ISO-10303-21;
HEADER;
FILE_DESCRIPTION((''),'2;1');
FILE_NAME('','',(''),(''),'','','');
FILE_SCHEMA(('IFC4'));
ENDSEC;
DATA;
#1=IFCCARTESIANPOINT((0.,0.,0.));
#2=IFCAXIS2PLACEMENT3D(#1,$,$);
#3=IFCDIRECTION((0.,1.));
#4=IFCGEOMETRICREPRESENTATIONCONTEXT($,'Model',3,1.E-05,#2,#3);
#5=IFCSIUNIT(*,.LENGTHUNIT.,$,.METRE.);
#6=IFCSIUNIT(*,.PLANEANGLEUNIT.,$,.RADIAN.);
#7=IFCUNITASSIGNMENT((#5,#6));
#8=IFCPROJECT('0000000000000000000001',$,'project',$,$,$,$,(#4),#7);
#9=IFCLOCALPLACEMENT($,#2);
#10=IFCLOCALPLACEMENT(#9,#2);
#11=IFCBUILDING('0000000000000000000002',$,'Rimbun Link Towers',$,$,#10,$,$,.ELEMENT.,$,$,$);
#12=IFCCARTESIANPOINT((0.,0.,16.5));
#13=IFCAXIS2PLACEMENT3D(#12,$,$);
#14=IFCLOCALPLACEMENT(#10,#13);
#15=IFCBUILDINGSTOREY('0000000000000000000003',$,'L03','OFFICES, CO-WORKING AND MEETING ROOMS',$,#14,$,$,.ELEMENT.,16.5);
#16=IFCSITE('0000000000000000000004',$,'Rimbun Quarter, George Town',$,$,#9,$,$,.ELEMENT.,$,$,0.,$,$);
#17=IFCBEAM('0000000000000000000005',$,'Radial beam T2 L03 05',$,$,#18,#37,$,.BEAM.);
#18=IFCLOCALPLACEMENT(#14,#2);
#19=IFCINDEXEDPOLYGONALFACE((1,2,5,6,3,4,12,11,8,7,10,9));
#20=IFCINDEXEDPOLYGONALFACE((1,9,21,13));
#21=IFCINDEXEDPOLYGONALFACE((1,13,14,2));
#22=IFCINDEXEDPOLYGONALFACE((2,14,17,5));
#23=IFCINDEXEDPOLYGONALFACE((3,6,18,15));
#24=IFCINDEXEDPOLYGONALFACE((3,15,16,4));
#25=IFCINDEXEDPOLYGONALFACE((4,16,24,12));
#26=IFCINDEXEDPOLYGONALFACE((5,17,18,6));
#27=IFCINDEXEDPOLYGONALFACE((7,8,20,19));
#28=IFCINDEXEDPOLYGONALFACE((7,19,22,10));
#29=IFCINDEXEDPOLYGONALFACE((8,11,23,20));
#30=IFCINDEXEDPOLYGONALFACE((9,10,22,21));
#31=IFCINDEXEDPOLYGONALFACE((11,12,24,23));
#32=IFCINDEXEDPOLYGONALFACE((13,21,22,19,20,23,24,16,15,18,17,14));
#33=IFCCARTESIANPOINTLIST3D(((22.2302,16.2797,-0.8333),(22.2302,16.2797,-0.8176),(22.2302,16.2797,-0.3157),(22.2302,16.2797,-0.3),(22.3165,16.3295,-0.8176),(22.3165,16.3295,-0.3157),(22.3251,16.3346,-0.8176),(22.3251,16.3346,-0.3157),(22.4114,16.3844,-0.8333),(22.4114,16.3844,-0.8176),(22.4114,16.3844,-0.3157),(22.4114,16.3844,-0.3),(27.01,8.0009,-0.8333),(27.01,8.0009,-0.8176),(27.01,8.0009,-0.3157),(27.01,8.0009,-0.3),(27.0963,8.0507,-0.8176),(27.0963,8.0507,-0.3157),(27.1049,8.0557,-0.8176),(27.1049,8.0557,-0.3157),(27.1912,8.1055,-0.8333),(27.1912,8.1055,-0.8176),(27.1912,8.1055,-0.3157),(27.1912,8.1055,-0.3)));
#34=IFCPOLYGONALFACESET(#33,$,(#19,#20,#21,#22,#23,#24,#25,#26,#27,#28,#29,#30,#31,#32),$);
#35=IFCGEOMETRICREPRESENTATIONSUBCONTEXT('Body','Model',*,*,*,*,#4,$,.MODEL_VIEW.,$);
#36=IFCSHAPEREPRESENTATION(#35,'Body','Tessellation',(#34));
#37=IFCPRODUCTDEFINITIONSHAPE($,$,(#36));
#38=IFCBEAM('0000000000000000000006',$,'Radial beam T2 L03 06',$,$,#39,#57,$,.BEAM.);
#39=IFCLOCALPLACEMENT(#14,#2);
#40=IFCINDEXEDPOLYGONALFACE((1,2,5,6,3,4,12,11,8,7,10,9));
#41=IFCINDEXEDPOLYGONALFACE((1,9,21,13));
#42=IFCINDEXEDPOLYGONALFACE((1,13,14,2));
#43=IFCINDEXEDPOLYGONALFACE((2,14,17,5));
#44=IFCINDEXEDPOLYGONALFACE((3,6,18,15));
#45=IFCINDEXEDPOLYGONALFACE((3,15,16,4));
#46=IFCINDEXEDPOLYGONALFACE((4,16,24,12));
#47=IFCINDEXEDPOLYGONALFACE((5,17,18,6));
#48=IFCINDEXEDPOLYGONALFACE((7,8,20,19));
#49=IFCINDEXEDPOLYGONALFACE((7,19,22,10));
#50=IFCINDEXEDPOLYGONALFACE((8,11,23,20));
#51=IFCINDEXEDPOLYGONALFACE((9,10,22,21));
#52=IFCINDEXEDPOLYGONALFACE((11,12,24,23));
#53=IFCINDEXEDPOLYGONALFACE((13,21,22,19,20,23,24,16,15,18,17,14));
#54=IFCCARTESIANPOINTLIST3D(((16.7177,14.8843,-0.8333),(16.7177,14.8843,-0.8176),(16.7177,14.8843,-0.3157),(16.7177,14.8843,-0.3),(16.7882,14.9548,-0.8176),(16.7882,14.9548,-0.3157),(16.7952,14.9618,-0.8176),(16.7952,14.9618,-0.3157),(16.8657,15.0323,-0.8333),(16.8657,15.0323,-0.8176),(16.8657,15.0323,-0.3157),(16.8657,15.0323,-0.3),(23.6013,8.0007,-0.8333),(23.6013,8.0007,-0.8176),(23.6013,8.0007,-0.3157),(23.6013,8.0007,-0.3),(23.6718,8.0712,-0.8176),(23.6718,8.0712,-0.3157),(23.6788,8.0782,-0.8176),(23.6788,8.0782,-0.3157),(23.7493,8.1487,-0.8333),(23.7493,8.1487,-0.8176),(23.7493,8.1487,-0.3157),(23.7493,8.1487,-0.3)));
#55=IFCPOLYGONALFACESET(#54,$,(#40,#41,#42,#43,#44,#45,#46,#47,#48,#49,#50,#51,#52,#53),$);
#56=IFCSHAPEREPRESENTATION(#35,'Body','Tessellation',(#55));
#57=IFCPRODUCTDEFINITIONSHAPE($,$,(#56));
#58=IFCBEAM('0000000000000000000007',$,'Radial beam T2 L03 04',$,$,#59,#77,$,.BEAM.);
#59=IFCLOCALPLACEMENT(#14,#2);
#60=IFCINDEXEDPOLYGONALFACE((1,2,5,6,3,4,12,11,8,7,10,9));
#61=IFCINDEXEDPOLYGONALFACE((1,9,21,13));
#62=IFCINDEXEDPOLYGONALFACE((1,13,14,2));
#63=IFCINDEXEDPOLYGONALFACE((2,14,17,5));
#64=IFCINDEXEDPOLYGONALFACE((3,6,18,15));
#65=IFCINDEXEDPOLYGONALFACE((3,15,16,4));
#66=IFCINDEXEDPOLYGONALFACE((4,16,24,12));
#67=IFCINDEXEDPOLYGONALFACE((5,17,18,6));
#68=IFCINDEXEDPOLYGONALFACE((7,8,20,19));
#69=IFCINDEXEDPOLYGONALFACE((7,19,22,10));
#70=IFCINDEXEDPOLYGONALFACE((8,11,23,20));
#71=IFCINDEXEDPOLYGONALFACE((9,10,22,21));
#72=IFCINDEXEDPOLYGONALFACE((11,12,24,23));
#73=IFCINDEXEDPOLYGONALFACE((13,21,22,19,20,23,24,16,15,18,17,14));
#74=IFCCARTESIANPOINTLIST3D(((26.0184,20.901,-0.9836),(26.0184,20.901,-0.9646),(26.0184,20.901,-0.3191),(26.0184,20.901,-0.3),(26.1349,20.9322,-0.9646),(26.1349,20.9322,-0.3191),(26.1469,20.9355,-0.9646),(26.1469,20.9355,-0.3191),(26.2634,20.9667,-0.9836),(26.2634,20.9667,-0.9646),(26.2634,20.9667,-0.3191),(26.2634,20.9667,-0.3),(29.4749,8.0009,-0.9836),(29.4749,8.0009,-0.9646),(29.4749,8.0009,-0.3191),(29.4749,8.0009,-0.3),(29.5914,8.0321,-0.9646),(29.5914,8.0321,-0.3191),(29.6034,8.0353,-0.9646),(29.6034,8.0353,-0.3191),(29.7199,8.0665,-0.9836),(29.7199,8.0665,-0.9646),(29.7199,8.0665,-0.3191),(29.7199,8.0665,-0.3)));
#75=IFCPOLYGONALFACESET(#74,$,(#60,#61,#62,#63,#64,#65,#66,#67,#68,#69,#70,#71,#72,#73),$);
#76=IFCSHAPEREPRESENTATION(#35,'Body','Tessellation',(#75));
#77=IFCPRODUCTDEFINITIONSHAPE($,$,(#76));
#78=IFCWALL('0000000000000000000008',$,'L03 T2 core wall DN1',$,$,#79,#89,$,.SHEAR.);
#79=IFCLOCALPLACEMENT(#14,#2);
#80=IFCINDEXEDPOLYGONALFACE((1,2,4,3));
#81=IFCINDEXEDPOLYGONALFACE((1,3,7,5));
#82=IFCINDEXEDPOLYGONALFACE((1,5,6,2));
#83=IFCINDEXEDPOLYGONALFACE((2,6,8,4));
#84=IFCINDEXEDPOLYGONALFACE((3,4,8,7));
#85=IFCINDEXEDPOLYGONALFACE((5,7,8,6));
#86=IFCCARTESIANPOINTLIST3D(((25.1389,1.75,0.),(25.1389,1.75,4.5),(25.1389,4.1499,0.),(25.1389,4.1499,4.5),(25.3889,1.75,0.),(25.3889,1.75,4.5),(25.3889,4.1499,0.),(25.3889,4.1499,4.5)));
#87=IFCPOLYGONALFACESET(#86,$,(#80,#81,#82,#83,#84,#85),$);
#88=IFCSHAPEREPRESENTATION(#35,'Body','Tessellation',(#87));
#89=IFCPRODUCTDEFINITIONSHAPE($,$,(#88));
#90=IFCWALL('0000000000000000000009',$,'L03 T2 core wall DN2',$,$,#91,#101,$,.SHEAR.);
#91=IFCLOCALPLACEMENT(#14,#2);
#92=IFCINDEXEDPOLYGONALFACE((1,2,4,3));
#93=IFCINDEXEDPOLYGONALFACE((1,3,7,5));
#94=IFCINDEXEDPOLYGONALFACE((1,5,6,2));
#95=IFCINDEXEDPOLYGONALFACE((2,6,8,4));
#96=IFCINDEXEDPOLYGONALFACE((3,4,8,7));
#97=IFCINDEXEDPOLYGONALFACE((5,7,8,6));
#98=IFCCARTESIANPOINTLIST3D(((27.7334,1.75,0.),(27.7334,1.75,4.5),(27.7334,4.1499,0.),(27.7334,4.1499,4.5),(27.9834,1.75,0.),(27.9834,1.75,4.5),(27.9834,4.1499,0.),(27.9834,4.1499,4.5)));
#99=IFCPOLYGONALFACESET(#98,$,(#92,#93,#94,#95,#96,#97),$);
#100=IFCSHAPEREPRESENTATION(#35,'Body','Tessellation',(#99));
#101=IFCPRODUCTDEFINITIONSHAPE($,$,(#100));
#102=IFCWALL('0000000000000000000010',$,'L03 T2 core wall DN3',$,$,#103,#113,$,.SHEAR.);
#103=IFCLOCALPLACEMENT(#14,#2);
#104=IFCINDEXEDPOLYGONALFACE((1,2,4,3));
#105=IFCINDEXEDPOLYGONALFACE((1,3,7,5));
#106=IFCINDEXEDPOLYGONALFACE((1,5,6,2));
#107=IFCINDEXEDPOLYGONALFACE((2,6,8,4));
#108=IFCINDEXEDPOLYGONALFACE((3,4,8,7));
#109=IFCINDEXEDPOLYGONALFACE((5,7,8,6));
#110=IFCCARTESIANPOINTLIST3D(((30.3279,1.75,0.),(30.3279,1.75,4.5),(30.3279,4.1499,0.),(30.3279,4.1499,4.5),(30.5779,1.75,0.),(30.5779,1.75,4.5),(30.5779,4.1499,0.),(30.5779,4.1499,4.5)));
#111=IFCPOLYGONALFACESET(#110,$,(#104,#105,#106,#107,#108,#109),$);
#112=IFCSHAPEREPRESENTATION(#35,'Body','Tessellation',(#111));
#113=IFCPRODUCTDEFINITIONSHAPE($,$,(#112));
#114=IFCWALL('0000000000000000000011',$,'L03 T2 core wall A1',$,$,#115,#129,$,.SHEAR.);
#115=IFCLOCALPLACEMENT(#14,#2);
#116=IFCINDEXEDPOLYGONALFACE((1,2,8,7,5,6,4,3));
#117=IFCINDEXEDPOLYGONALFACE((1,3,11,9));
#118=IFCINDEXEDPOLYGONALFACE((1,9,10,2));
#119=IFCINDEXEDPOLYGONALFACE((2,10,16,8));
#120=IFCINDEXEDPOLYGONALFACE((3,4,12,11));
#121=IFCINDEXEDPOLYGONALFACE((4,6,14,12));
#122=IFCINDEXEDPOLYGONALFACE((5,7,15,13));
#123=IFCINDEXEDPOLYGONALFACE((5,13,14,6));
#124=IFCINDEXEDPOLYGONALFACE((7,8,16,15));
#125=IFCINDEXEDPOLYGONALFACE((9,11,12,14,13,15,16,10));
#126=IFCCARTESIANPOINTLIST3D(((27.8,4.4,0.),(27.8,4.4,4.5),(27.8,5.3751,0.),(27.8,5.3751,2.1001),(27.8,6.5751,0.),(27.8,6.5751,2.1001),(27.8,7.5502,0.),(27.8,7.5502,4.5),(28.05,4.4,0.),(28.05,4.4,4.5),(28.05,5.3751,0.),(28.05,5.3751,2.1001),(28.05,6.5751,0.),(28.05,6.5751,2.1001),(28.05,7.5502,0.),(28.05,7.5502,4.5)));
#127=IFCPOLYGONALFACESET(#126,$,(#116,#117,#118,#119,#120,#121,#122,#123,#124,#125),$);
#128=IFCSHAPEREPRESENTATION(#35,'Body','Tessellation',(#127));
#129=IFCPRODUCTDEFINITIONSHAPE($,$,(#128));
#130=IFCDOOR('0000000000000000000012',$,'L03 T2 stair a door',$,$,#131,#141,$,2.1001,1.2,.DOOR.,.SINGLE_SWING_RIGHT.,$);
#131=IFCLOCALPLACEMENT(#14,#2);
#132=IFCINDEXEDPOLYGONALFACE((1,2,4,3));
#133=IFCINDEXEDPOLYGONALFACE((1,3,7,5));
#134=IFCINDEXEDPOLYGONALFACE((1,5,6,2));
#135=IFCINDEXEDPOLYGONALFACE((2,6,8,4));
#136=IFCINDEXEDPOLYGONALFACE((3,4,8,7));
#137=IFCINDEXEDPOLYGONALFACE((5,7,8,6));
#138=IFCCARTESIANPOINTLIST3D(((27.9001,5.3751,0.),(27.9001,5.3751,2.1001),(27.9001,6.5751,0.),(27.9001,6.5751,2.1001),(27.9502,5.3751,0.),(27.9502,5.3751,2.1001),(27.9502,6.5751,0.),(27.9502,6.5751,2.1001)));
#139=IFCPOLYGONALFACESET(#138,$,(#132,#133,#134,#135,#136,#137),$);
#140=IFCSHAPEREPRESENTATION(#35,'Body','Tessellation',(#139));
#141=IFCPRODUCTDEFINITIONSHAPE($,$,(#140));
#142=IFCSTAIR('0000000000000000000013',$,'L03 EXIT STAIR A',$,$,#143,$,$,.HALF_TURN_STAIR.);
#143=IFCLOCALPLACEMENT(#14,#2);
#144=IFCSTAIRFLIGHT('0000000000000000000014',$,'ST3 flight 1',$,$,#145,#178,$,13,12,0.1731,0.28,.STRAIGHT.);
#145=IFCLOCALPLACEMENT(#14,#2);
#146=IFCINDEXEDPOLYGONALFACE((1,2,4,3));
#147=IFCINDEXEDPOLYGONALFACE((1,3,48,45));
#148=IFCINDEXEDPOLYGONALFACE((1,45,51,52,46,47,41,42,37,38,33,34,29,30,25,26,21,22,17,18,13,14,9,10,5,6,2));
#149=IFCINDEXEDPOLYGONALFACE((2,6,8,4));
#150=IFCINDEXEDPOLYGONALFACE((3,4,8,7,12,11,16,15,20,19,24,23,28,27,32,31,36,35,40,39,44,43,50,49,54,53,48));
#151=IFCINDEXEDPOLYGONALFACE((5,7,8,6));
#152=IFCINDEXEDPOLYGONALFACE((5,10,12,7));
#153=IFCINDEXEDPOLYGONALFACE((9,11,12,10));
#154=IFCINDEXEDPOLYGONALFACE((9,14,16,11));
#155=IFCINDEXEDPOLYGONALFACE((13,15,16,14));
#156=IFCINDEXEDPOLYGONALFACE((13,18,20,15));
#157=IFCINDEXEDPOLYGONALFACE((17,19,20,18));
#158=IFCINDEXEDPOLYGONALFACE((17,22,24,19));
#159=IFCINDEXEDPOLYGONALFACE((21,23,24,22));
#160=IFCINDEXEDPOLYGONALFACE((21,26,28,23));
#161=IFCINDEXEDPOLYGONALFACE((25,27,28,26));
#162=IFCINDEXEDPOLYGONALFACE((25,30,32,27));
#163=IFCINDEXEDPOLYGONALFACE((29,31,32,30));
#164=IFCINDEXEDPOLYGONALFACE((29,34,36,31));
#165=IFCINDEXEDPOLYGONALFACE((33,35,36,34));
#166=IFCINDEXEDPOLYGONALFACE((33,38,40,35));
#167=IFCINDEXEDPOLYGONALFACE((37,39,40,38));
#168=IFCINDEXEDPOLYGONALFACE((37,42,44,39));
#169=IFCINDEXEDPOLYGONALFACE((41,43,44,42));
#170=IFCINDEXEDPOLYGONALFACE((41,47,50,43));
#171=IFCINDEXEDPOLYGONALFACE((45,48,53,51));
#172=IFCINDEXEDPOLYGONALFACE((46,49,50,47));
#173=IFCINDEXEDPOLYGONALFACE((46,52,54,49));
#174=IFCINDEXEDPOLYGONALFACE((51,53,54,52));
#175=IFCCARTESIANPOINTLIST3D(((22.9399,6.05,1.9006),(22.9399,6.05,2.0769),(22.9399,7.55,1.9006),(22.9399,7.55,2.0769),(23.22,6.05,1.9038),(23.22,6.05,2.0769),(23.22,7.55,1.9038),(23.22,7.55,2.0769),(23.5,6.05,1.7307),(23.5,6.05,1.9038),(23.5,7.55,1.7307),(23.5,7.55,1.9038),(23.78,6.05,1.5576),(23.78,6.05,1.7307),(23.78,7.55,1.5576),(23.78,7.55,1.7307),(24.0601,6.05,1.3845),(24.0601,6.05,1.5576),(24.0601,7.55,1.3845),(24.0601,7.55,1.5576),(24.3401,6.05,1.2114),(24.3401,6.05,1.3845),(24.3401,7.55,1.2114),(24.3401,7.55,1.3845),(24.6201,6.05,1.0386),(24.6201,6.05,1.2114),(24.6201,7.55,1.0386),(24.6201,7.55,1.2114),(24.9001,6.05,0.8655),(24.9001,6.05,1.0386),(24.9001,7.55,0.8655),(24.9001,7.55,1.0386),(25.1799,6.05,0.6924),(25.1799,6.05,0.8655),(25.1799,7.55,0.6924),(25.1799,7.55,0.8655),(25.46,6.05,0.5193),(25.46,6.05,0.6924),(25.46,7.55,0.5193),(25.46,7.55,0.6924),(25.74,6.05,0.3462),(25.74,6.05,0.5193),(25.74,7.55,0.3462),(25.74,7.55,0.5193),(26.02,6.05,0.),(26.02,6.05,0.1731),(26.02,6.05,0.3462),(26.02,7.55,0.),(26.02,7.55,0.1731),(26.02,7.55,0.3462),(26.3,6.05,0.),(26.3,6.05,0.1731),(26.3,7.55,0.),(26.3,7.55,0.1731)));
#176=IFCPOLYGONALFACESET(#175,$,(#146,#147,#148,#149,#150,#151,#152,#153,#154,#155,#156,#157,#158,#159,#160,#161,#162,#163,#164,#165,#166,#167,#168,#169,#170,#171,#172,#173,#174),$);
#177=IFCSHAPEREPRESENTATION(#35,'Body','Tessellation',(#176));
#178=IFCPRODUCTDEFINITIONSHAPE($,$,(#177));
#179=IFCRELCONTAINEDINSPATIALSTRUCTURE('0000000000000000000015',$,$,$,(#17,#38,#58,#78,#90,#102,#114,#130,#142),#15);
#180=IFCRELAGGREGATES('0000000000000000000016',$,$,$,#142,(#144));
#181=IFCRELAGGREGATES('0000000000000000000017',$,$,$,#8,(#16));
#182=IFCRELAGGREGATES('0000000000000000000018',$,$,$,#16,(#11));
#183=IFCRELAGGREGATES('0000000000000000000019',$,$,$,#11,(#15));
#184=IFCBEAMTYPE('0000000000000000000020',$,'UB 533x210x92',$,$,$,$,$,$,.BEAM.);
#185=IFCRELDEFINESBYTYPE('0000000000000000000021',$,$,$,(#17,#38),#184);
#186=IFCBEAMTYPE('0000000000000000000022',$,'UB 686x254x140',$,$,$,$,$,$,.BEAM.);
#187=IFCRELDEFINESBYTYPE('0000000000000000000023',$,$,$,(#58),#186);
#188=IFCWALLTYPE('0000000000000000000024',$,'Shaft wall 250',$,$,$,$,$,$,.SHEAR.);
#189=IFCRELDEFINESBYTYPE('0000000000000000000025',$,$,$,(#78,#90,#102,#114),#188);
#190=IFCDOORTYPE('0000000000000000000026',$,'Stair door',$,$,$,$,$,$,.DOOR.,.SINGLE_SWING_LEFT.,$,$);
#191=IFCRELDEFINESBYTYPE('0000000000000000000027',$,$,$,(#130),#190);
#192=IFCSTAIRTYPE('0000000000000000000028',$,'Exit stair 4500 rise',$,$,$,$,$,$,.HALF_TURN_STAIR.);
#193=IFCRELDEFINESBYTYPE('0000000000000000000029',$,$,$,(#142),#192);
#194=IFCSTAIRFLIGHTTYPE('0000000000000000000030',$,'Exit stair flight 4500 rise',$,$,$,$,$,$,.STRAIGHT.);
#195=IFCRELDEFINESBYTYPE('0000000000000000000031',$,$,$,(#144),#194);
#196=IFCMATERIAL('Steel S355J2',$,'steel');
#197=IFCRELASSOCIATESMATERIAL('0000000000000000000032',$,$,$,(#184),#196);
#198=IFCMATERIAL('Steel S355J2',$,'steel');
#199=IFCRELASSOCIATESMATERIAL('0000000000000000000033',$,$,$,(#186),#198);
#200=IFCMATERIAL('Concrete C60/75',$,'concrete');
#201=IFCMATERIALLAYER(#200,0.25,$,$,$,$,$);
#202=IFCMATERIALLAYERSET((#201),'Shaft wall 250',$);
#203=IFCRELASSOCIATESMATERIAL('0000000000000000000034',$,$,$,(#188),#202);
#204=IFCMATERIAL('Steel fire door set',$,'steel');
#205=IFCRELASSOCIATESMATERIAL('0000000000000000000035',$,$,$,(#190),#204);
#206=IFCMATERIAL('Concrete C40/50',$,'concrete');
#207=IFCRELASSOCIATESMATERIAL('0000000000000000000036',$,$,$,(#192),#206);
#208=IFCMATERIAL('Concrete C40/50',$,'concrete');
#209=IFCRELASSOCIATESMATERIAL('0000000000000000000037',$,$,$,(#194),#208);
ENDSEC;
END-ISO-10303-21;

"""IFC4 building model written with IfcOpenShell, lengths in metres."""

from ifc_helpers import new_model, si_unit, direction, frame, frame_2d, origin, origin_2d, place, context, subcontext, project, spatial, polyline, rectangle, i_section, outline, extrude, material, layer, layer_set, material_profile, profile_set, type_object, element, fill, aggregate, save


model = new_model("IFC4")

# Units and contexts
model_context = context("Model", 3, precision=1e-05, world=origin(), true_north=direction((0.0, 1.0)))
body_context = subcontext(model_context, "Body", "Model", "MODEL_VIEW")
ifc_project = project(units=[si_unit("LENGTHUNIT", "METRE"), si_unit("PLANEANGLEUNIT", "RADIAN")], contexts=[model_context])

# Site, building, storey
site_placement = place(None, origin())
site = spatial("IfcSite", under=ifc_project, at=site_placement, Name="Rimbun Quarter, George Town", CompositionType="ELEMENT", RefElevation=0.0)
building_placement = place(site_placement, origin())
building = spatial("IfcBuilding", under=site, at=building_placement, Name="Rimbun Link Towers", CompositionType="ELEMENT")
storey_placement = place(building_placement, frame((0.0, 0.0, 16.5)))
storey = spatial("IfcBuildingStorey", under=building, at=storey_placement, Name="L03", Description="OFFICES, CO-WORKING AND MEETING ROOMS", CompositionType="ELEMENT", Elevation=16.5)

# Beams
ifc_material_1 = material(Name="Steel S355J2", Category="steel")
ifc_material_profile_1 = material_profile(ifc_material_1, i_section(OverallWidth=0.2092, OverallDepth=0.5332, WebThickness=0.01, FlangeThickness=0.0156, at=origin_2d()), Name="UB 533x210x92")
ifc_profile_set_1 = profile_set([ifc_material_profile_1], Name="Steel S355J2")
beam_type_1 = type_object("IfcBeamType", Name="UB 533x210x92", PredefinedType="BEAM", material=ifc_profile_set_1)
beam_1_placement = place(storey_placement, frame((27.1006, 8.0532, -0.5667), z_axis=(-0.500001, 0.866025, 0.0), x_axis=(-0.866025, -0.500001, 0.0)))
element("IfcBeam", 1, at=beam_1_placement, inside=storey, type_object=beam_type_1, Name="Radial beam T2 L03 05", PredefinedType="BEAM", context=body_context, shape_type="SweptSolid", body=[
    extrude(i_section(OverallWidth=0.2092, OverallDepth=0.5332, WebThickness=0.01, FlangeThickness=0.0156, at=origin_2d()), origin(), (0.0, 0.0, 1.0), 9.5596),
])
beam_2_placement = place(storey_placement, frame((23.6753, 8.0747, -0.5667), z_axis=(-0.707107, 0.707107, 0.0), x_axis=(-0.707107, -0.707107, 0.0)))
element("IfcBeam", 2, at=beam_2_placement, inside=storey, type_object=beam_type_1, Name="Radial beam T2 L03 06", PredefinedType="BEAM", context=body_context, shape_type="SweptSolid", body=[
    extrude(i_section(OverallWidth=0.2092, OverallDepth=0.5332, WebThickness=0.01, FlangeThickness=0.0156, at=origin_2d()), origin(), (0.0, 0.0, 1.0), 9.7349),
])
ifc_material_2 = material(Name="Steel S355J2", Category="steel")
ifc_material_profile_2 = material_profile(ifc_material_2, i_section(OverallWidth=0.2537, OverallDepth=0.6836, WebThickness=0.0125, FlangeThickness=0.019, at=origin_2d()), Name="UB 686x254x140")
ifc_profile_set_2 = profile_set([ifc_material_profile_2], Name="Steel S355J2")
beam_type_2 = type_object("IfcBeamType", Name="UB 686x254x140", PredefinedType="BEAM", material=ifc_profile_set_2)
beam_3_placement = place(storey_placement, frame((29.5974, 8.0337, -0.6418), z_axis=(-0.258816, 0.965927, 0.0), x_axis=(-0.965927, -0.258816, 0.0)))
element("IfcBeam", 3, at=beam_3_placement, inside=storey, type_object=beam_type_2, Name="Radial beam T2 L03 04", PredefinedType="BEAM", context=body_context, shape_type="SweptSolid", body=[
    extrude(i_section(OverallWidth=0.2537, OverallDepth=0.6836, WebThickness=0.0125, FlangeThickness=0.019, at=origin_2d()), origin(), (0.0, 0.0, 1.0), 13.3552),
])

# Walls
ifc_material_3 = material(Name="Concrete C60/75", Category="concrete")
ifc_layer = layer(ifc_material_3, 0.25)
ifc_layer_set = layer_set([ifc_layer], Name="Shaft wall 250")
wall_type = type_object("IfcWallType", Name="Shaft wall 250", PredefinedType="SHEAR", material=ifc_layer_set)
for number, where, z_axis, x_axis, name in (
    (4, (25.2639, 1.75, 0.0), (0.0, 0.0, 1.0), (0.0, 1.0, 0.0), "L03 T2 core wall DN1"),
    (5, (27.8584, 1.75, 0.0), (0.0, 0.0, 1.0), (0.0, 1.0, 0.0), "L03 T2 core wall DN2"),
    (6, (30.4529, 1.75, 0.0), (0.0, 0.0, 1.0), (0.0, 1.0, 0.0), "L03 T2 core wall DN3"),
):
    element("IfcWall", number, at=place(storey_placement, frame(where, z_axis=z_axis, x_axis=x_axis)), inside=storey, type_object=wall_type, Name=name, PredefinedType="SHEAR", context=body_context, shape_type="SweptSolid", body=[
        extrude(rectangle(XDim=2.3999, YDim=0.25, at=frame_2d((1.2, 0.0))), origin(), (0.0, 0.0, 1.0), 4.5),
    ])

# Wall, opening, door
wall_placement = place(storey_placement, frame((27.925, 4.3999, 0.0), z_axis=(0.0, 0.0, 1.0), x_axis=(0.0, 1.0, 0.0)))
wall = element("IfcWall", 7, at=wall_placement, inside=storey, type_object=wall_type, Name="L03 T2 core wall A1", PredefinedType="SHEAR", context=body_context, shape_type="SweptSolid", body=[
    extrude(rectangle(XDim=3.1501, YDim=0.25, at=frame_2d((1.5752, 0.0))), origin(), (0.0, 0.0, 1.0), 4.5),
])
opening_placement = place(wall_placement, frame((0.9751, 0.0, 0.0)))
opening = element("IfcOpeningElement", 8, at=opening_placement, cuts=wall, PredefinedType="OPENING", context=body_context, shape_type="SweptSolid", body=[
    extrude(rectangle(XDim=1.2, YDim=2.1001, at=frame_2d((0.6001, 1.05))), frame((0.0, 0.135, 0.0), z_axis=(0.0, -1.0, 0.0), x_axis=(1.0, 0.0, 0.0)), (0.0, 0.0, 1.0), 0.27),
])
ifc_material_4 = material(Name="Steel fire door set", Category="steel")
door_type = type_object("IfcDoorType", Name="Stair door", OperationType="SINGLE_SWING_LEFT", PredefinedType="DOOR", material=ifc_material_4)
door_placement = place(opening_placement, origin())
door = element("IfcDoor", 9, at=door_placement, inside=storey, type_object=door_type, Name="L03 T2 stair a door", OperationType="SINGLE_SWING_RIGHT", OverallHeight=2.1001, OverallWidth=1.2, PredefinedType="DOOR", context=body_context, shape_type="SweptSolid", body=[
    extrude(rectangle(XDim=1.2, YDim=2.1001, at=frame_2d((0.6001, 1.05))), frame((0.0, 0.0249, 0.0), z_axis=(0.0, -1.0, 0.0), x_axis=(1.0, 0.0, 0.0)), (0.0, 0.0, 1.0), 0.05),
])
fill(opening, door)

# Stair, stair flight
ifc_material_5 = material(Name="Concrete C40/50", Category="concrete")
stair_type = type_object("IfcStairType", Name="Exit stair 4500 rise", PredefinedType="HALF_TURN_STAIR", material=ifc_material_5)
stair_placement = place(storey_placement, origin())
stair = element("IfcStair", 10, at=stair_placement, inside=storey, type_object=stair_type, Name="L03 EXIT STAIR A", PredefinedType="HALF_TURN_STAIR")
ifc_material_6 = material(Name="Concrete C40/50", Category="concrete")
stair_flight_type = type_object("IfcStairFlightType", Name="Exit stair flight 4500 rise", PredefinedType="STRAIGHT", material=ifc_material_6)
stair_flight_placement = place(storey_placement, frame((26.3, 6.8, 0.0), z_axis=(0.0, 0.0, 1.0), x_axis=(-1.0, 0.0, 0.0)))
stair_flight = element("IfcStairFlight", 11, at=stair_flight_placement, type_object=stair_flight_type, Name="ST3 flight 1", NumberOfRisers=13, NumberOfTreads=12, PredefinedType="STRAIGHT", RiserHeight=0.1731, TreadLength=0.28, context=body_context, shape_type="SweptSolid", body=[
    extrude(outline(polyline([(0.0, 0.0), (0.0, 0.1731), (0.28, 0.1731), (0.28, 0.3462), (0.5601, 0.3462), (0.5601, 0.5193), (0.8401, 0.5193), (0.8401, 0.6924), (1.1201, 0.6924), (1.1201, 0.8655), (1.3999, 0.8655), (1.3999, 1.0386), (1.6799, 1.0386), (1.6799, 1.2114), (1.96, 1.2114), (1.96, 1.3845), (2.24, 1.3845), (2.24, 1.5576), (2.52, 1.5576), (2.52, 1.7307), (2.8, 1.7307), (2.8, 1.9038), (3.0801, 1.9038), (3.0801, 2.0769), (3.3601, 2.0769), (3.3601, 2.25), (3.3601, 1.9006), (0.28, 0.0), (0.0, 0.0)])), frame((0.0, 0.75, 0.0), z_axis=(0.0, -1.0, 0.0), x_axis=(1.0, 0.0, 0.0)), (0.0, 0.0, 1.0), 1.5),
])
aggregate(stair, [stair_flight])

save(model, "model.ifc")
